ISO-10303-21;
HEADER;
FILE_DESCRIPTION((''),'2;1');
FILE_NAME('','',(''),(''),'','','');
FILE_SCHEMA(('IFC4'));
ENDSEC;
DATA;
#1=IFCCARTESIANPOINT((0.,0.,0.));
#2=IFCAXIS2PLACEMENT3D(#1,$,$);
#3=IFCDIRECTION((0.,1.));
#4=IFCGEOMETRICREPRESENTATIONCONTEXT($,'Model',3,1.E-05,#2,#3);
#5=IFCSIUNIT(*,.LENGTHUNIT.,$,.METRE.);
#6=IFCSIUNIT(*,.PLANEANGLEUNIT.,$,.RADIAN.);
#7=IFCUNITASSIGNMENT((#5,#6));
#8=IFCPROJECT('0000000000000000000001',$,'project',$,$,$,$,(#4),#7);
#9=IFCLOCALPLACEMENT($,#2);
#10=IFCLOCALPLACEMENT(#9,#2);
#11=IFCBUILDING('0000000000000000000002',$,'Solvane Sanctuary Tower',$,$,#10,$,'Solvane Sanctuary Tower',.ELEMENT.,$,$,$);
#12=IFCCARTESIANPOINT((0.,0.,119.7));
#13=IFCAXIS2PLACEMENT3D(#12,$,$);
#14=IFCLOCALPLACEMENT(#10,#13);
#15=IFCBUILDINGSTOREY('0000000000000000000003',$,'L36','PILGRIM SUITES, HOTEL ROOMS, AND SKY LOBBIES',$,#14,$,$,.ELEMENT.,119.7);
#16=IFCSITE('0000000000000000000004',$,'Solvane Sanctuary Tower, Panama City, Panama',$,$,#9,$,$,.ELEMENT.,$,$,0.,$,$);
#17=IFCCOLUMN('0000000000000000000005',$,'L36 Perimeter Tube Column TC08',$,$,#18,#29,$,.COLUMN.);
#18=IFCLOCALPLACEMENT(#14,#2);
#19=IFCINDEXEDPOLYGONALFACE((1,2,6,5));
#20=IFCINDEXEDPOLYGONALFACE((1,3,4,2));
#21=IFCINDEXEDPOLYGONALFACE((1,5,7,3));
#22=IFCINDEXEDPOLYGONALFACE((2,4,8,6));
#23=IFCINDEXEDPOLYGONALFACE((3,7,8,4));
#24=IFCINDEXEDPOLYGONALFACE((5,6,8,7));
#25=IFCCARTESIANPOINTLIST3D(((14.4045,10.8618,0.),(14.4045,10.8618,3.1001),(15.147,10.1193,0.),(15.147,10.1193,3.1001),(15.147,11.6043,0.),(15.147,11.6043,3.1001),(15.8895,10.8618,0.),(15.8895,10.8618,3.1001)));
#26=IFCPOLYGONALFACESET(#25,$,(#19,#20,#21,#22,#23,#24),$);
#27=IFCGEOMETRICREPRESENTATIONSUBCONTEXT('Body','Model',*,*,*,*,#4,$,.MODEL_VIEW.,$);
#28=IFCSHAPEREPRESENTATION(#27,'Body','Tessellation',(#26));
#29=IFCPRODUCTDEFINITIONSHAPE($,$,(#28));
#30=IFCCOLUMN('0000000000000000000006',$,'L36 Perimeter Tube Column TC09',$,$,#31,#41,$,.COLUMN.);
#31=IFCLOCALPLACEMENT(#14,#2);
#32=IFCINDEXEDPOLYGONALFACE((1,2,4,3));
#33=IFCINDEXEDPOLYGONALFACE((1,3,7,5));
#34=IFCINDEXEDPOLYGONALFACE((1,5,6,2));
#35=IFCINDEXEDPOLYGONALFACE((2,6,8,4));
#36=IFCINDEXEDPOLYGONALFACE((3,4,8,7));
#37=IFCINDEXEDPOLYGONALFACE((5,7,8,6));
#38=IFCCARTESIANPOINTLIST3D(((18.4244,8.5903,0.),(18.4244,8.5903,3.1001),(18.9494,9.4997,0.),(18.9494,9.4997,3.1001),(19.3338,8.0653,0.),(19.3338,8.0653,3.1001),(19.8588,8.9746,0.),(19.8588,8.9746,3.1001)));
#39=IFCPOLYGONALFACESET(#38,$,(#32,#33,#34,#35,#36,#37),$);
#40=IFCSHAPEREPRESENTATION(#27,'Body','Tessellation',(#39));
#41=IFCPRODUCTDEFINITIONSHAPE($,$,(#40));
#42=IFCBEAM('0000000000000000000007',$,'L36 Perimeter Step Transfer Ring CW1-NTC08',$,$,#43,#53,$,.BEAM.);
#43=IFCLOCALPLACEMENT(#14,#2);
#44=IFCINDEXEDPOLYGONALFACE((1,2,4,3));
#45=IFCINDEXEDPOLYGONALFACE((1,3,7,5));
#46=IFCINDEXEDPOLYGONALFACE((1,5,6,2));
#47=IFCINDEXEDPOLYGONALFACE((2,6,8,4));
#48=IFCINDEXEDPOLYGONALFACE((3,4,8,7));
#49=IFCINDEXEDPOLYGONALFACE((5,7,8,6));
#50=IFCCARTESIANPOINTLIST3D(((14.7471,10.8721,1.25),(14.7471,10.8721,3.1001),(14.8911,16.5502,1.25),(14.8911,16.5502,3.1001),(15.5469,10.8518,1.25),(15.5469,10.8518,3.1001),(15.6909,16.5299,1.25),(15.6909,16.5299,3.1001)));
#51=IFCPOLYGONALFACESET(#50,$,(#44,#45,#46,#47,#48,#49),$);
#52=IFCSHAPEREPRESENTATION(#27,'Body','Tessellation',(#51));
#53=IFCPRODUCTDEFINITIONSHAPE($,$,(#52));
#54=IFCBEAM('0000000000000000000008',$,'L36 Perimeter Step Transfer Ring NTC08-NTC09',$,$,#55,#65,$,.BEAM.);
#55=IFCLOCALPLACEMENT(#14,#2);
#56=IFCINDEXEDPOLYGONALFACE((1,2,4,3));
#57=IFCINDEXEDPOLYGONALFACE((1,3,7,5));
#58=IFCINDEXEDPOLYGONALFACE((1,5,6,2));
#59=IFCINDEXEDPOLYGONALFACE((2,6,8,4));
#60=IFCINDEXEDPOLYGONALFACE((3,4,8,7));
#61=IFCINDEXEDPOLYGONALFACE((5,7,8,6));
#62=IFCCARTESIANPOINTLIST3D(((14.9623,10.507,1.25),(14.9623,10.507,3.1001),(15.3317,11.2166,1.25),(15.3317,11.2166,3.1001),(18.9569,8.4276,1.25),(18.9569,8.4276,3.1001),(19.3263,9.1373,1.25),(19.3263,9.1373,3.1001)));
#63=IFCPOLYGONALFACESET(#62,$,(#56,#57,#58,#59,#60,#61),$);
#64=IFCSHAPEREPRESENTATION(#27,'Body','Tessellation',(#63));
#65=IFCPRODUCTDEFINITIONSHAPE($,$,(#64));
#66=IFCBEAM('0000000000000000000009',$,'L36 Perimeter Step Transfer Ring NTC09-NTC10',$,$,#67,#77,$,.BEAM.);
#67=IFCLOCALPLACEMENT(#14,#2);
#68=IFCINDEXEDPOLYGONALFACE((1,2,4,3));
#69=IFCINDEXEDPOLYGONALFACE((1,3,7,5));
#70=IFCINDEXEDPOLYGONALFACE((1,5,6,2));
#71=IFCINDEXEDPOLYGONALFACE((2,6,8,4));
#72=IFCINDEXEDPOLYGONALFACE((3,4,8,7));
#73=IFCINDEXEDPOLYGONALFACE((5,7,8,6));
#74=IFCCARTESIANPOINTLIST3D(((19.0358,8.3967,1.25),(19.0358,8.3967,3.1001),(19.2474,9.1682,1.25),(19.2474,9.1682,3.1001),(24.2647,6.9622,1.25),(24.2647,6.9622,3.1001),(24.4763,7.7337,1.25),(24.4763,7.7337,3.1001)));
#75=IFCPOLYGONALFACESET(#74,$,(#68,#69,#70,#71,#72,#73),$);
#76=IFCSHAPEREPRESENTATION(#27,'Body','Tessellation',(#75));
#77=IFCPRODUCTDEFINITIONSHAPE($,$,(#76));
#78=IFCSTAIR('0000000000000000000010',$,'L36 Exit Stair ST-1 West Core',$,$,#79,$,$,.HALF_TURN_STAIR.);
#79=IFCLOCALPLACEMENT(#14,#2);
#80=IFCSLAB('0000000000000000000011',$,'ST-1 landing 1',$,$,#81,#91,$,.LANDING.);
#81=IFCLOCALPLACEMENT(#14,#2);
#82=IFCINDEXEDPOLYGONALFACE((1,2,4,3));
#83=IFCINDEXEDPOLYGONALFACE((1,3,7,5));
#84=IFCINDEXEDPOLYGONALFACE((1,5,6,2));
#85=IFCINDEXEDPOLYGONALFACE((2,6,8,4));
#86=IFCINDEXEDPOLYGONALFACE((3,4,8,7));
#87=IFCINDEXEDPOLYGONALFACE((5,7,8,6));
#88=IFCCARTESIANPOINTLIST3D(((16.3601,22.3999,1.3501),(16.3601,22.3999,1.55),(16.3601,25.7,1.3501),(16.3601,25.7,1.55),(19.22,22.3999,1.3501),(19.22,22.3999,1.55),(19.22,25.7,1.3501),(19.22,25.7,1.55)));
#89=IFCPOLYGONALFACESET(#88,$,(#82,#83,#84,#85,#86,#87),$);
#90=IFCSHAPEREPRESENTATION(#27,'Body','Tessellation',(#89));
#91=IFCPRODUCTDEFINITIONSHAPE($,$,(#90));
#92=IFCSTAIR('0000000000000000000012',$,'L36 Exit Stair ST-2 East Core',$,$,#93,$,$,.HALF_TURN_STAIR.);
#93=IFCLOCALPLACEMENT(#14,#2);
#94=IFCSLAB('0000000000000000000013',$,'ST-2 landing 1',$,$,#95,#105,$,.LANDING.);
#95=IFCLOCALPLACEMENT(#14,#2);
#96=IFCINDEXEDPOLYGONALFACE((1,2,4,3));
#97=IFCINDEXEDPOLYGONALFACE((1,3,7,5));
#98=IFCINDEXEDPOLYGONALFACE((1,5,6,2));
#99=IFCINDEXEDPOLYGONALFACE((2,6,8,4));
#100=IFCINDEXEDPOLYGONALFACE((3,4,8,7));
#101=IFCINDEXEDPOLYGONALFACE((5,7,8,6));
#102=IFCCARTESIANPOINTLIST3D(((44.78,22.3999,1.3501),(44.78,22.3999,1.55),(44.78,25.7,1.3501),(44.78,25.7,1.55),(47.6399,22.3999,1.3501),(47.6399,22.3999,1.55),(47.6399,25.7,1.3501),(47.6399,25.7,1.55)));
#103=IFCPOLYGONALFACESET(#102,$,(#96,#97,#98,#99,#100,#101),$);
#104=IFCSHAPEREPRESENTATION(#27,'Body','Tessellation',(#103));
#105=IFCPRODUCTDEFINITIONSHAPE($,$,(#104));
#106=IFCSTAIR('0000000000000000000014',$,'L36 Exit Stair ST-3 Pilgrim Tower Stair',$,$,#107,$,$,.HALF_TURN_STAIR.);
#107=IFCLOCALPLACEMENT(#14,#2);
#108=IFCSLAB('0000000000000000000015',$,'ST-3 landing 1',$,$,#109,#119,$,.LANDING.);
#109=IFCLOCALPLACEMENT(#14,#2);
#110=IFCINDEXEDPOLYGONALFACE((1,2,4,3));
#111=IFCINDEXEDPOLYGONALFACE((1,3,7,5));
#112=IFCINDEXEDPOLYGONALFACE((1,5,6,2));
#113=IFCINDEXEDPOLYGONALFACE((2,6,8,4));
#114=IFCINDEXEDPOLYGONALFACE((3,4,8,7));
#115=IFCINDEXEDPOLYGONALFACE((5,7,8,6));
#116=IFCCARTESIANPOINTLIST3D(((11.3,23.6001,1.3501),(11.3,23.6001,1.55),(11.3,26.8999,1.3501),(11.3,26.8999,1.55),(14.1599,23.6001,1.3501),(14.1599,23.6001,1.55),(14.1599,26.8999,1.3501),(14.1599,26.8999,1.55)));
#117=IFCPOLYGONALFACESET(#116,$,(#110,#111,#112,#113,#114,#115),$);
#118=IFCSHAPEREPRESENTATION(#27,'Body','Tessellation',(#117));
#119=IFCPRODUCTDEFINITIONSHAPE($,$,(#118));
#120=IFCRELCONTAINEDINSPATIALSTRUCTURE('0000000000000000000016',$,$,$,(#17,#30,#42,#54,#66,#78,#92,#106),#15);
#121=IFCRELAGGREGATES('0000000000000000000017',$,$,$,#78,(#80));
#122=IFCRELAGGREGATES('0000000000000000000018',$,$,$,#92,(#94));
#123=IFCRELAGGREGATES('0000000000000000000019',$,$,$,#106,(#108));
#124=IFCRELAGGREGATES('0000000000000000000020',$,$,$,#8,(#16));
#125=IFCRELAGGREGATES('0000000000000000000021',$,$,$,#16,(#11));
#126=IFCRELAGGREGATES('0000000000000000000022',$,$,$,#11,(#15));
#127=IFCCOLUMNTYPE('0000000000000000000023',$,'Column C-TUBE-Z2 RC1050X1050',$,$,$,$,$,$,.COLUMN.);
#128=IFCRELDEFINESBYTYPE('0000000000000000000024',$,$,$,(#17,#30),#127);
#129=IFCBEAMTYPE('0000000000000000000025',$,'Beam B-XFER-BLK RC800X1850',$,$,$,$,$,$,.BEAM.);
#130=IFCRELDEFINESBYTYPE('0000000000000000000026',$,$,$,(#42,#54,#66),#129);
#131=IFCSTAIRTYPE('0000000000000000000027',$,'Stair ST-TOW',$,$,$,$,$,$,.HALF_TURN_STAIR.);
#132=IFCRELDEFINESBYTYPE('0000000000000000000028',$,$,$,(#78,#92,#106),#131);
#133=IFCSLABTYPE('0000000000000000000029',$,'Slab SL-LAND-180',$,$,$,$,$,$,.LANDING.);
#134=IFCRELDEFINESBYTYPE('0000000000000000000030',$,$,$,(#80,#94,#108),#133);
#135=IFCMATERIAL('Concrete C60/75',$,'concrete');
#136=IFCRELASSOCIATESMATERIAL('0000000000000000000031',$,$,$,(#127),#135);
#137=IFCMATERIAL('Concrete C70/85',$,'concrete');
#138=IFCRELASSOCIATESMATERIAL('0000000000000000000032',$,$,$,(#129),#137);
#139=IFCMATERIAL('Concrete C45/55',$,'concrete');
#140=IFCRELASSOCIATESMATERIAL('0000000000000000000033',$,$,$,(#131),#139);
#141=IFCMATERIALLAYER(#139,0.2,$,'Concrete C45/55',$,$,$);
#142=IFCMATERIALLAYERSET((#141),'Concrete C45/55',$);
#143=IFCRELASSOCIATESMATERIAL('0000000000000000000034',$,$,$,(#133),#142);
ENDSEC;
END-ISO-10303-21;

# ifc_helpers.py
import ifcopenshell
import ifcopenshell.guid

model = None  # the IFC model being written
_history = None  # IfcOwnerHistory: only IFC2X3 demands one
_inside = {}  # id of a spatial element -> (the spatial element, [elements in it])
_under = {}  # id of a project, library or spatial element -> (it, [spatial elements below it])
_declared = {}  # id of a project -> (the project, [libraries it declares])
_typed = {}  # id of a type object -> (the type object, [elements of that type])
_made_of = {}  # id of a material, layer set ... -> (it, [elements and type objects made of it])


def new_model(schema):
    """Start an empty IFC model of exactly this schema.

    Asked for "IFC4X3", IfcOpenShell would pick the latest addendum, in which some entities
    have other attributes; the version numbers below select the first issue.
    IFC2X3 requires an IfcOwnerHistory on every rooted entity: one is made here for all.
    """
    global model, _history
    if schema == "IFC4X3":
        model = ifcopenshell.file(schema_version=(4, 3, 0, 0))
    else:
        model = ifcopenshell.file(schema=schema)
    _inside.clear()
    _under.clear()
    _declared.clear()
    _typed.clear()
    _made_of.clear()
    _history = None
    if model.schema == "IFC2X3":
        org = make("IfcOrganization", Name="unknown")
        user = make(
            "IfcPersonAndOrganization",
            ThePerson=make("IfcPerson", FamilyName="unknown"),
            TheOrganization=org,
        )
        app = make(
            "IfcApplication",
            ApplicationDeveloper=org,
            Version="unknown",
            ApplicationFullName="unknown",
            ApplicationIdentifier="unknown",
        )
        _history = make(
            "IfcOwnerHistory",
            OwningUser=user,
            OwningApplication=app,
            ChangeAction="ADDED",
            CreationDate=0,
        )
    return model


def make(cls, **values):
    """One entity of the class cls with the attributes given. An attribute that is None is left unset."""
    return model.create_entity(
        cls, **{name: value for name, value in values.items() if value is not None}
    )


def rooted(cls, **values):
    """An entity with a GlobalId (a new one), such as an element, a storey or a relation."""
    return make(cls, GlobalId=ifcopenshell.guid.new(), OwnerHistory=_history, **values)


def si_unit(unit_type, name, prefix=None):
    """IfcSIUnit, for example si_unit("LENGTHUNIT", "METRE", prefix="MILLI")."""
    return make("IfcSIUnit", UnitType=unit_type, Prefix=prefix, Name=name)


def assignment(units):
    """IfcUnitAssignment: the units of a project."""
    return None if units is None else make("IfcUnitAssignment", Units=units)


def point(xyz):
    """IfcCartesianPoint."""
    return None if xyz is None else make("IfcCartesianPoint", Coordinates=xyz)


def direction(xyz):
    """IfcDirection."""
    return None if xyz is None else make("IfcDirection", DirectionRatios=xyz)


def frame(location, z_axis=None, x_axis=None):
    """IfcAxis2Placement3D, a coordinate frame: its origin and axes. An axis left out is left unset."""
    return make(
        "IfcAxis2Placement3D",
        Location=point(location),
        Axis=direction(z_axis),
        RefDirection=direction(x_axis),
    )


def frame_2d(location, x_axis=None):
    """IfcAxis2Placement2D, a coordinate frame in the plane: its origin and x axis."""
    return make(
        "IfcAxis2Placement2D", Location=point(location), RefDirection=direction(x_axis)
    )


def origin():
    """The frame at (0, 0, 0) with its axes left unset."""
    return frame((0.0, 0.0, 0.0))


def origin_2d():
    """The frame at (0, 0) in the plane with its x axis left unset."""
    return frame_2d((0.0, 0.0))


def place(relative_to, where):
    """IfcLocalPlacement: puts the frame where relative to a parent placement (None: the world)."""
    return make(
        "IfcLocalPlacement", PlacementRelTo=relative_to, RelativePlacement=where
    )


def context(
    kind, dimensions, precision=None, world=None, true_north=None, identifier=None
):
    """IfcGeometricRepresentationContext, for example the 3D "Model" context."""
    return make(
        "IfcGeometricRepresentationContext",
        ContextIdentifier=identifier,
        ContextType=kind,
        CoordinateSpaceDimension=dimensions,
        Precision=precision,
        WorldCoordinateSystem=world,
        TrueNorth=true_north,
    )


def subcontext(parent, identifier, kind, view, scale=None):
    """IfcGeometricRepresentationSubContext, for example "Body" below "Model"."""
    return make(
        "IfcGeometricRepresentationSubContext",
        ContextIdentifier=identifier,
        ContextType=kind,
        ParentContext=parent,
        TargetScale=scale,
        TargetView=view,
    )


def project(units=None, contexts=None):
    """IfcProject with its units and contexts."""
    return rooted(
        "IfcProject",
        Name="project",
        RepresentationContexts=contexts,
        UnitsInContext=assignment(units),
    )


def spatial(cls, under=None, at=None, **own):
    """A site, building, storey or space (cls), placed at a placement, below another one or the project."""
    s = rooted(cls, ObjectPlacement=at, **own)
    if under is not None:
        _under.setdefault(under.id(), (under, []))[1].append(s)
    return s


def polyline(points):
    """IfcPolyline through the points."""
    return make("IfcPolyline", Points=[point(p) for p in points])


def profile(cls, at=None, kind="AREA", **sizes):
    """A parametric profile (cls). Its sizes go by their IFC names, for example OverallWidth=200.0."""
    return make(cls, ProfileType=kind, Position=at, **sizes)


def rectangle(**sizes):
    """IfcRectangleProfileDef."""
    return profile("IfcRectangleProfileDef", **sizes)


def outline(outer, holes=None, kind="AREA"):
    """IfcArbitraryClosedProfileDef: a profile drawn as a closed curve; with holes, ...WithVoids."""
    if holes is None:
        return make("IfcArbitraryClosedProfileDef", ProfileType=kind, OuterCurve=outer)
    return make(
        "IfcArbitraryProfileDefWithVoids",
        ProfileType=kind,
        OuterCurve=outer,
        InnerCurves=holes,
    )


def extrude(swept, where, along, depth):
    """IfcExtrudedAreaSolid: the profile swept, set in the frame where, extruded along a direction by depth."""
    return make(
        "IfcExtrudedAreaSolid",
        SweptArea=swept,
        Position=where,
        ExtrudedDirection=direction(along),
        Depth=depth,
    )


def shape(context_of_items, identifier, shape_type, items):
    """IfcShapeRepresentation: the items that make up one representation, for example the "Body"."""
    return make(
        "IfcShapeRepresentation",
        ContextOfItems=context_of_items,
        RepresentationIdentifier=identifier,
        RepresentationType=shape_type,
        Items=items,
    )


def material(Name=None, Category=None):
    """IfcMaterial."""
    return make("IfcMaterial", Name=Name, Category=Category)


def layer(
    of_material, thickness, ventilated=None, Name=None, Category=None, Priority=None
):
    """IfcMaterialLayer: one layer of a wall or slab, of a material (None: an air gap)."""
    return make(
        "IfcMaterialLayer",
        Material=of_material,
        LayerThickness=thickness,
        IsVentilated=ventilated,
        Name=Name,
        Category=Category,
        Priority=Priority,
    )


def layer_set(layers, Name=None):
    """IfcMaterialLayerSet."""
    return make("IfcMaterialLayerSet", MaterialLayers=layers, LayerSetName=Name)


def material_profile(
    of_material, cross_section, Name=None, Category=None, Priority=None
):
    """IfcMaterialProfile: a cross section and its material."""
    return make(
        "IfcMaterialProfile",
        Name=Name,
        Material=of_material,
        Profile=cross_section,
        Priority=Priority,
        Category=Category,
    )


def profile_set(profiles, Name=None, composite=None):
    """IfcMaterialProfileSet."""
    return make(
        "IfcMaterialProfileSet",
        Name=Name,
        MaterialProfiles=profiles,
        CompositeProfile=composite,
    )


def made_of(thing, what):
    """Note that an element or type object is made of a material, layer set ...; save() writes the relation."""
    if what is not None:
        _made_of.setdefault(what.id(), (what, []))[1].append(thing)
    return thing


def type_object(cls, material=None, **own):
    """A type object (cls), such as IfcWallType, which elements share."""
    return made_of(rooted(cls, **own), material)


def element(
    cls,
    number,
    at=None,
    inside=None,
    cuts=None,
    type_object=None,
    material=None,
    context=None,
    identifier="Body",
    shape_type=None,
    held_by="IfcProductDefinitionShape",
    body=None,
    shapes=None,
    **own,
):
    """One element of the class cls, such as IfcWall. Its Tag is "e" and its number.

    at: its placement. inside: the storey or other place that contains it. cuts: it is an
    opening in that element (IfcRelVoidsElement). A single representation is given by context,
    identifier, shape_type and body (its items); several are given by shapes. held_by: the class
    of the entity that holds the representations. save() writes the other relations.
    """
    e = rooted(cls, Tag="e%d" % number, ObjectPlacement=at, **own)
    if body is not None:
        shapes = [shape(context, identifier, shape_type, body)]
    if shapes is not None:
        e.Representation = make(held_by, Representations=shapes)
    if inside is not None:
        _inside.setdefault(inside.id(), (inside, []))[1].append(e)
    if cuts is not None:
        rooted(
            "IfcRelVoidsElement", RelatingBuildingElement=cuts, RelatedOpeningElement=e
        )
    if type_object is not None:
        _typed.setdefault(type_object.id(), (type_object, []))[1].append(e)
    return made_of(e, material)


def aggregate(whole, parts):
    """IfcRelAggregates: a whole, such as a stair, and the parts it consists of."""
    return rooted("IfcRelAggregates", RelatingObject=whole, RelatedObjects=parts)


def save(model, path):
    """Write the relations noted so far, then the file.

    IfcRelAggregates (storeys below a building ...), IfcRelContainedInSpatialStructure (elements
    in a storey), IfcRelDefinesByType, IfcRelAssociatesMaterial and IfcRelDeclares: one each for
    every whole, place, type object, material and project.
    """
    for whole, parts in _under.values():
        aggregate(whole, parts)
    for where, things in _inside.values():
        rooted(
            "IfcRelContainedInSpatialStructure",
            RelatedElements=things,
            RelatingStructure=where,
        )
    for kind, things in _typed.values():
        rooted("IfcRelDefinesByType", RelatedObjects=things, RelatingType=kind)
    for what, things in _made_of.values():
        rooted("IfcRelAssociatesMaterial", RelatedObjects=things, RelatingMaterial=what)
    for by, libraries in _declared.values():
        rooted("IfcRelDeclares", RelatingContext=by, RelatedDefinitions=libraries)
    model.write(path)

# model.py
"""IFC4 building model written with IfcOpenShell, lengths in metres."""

from ifc_helpers import new_model, si_unit, direction, frame, origin, origin_2d, place, context, subcontext, project, spatial, polyline, rectangle, outline, extrude, material, layer, layer_set, material_profile, profile_set, type_object, element, aggregate, save


model = new_model("IFC4")

# Units and contexts
model_context = context("Model", 3, precision=1e-05, world=origin(), true_north=direction((0.0, 1.0)))
body_context = subcontext(model_context, "Body", "Model", "MODEL_VIEW")
ifc_project = project(units=[si_unit("LENGTHUNIT", "METRE"), si_unit("PLANEANGLEUNIT", "RADIAN")], contexts=[model_context])

# Site, building, storey
site_placement = place(None, origin())
site = spatial("IfcSite", under=ifc_project, at=site_placement, Name="Solvane Sanctuary Tower, Panama City, Panama", CompositionType="ELEMENT", RefElevation=0.0)
building_placement = place(site_placement, origin())
building = spatial("IfcBuilding", under=site, at=building_placement, Name="Solvane Sanctuary Tower", LongName="Solvane Sanctuary Tower", CompositionType="ELEMENT")
storey_placement = place(building_placement, frame((0.0, 0.0, 119.7)))
storey = spatial("IfcBuildingStorey", under=building, at=storey_placement, Name="L36", Description="PILGRIM SUITES, HOTEL ROOMS, AND SKY LOBBIES", CompositionType="ELEMENT", Elevation=119.7)

# Columns
ifc_material_1 = material(Name="Concrete C60/75", Category="concrete")
ifc_material_profile_1 = material_profile(ifc_material_1, rectangle(XDim=1.05, YDim=1.05, at=origin_2d()), Name="RC1050X1050")
ifc_profile_set_1 = profile_set([ifc_material_profile_1], Name="Concrete C60/75")
column_type = type_object("IfcColumnType", Name="Column C-TUBE-Z2 RC1050X1050", PredefinedType="COLUMN", material=ifc_profile_set_1)
for number, where, z_axis, x_axis, name in (
    (1, (15.147, 10.8618, 0.0), (0.0, 0.0, 1.0), (-0.707107, -0.707107, 0.0), "L36 Perimeter Tube Column TC08"),
    (2, (19.1416, 8.7825, 0.0), (0.0, 0.0, 1.0), (-0.5, -0.866025, 0.0), "L36 Perimeter Tube Column TC09"),
):
    element("IfcColumn", number, at=place(storey_placement, frame(where, z_axis=z_axis, x_axis=x_axis)), inside=storey, type_object=column_type, Name=name, PredefinedType="COLUMN", context=body_context, shape_type="SweptSolid", body=[
        extrude(rectangle(XDim=1.05, YDim=1.05, at=origin_2d()), origin(), (0.0, 0.0, 1.0), 3.1001),
    ])

# Beams
ifc_material_2 = material(Name="Concrete C70/85", Category="concrete")
ifc_material_profile_2 = material_profile(ifc_material_2, rectangle(XDim=0.8, YDim=1.8501, at=origin_2d()), Name="RC800X1850")
ifc_profile_set_2 = profile_set([ifc_material_profile_2], Name="Concrete C70/85")
beam_type = type_object("IfcBeamType", Name="Beam B-XFER-BLK RC800X1850", PredefinedType="BEAM", material=ifc_profile_set_2)
beam_1_placement = place(storey_placement, frame((15.291, 16.54, 2.175), z_axis=(-0.025359, -0.999678, 0.0), x_axis=(0.999678, -0.025359, 0.0)))
element("IfcBeam", 3, at=beam_1_placement, inside=storey, type_object=beam_type, Name="L36 Perimeter Step Transfer Ring CW1-NTC08", PredefinedType="BEAM", context=body_context, shape_type="SweptSolid", body=[
    extrude(rectangle(XDim=0.8, YDim=1.8501, at=origin_2d()), origin(), (0.0, 0.0, 1.0), 5.6799),
])
beam_2_placement = place(storey_placement, frame((15.147, 10.8618, 2.175), z_axis=(0.887022, -0.461727, 0.0), x_axis=(0.461727, 0.887022, 0.0)))
element("IfcBeam", 4, at=beam_2_placement, inside=storey, type_object=beam_type, Name="L36 Perimeter Step Transfer Ring NTC08-NTC09", PredefinedType="BEAM", context=body_context, shape_type="SweptSolid", body=[
    extrude(rectangle(XDim=0.8, YDim=1.8501, at=origin_2d()), origin(), (0.0, 0.0, 1.0), 4.5034),
])
beam_3_placement = place(storey_placement, frame((19.1416, 8.7825, 2.175), z_axis=(0.964366, -0.264572, 0.0), x_axis=(0.264572, 0.964366, 0.0)))
element("IfcBeam", 5, at=beam_3_placement, inside=storey, type_object=beam_type, Name="L36 Perimeter Step Transfer Ring NTC09-NTC10", PredefinedType="BEAM", context=body_context, shape_type="SweptSolid", body=[
    extrude(rectangle(XDim=0.8, YDim=1.8501, at=origin_2d()), origin(), (0.0, 0.0, 1.0), 5.4221),
])

# Stairs, slabs
ifc_material_3 = material(Name="Concrete C45/55", Category="concrete")
stair_type = type_object("IfcStairType", Name="Stair ST-TOW", PredefinedType="HALF_TURN_STAIR", material=ifc_material_3)
stair_1_placement = place(storey_placement, origin())
stair_1 = element("IfcStair", 6, at=stair_1_placement, inside=storey, type_object=stair_type, Name="L36 Exit Stair ST-1 West Core", PredefinedType="HALF_TURN_STAIR")
ifc_layer_1 = layer(ifc_material_3, 0.2, Name="Concrete C45/55")
ifc_layer_set_1 = layer_set([ifc_layer_1], Name="Concrete C45/55")
slab_type_1 = type_object("IfcSlabType", Name="Slab SL-LAND-180", PredefinedType="LANDING", material=ifc_layer_set_1)
slab_1_placement = place(storey_placement, frame((0.0, 0.0, 1.3501)))
slab_1 = element("IfcSlab", 7, at=slab_1_placement, type_object=slab_type_1, Name="ST-1 landing 1", PredefinedType="LANDING", context=body_context, shape_type="SweptSolid", body=[
    extrude(outline(polyline([(19.22, 22.3999), (19.22, 25.7), (16.3601, 25.7), (16.3601, 22.3999), (19.22, 22.3999)])), origin(), (0.0, 0.0, 1.0), 0.2),
])
aggregate(stair_1, [slab_1])
stair_2_placement = place(storey_placement, origin())
stair_2 = element("IfcStair", 8, at=stair_2_placement, inside=storey, type_object=stair_type, Name="L36 Exit Stair ST-2 East Core", PredefinedType="HALF_TURN_STAIR")
slab_2_placement = place(storey_placement, frame((0.0, 0.0, 1.3501)))
slab_2 = element("IfcSlab", 9, at=slab_2_placement, type_object=slab_type_1, Name="ST-2 landing 1", PredefinedType="LANDING", context=body_context, shape_type="SweptSolid", body=[
    extrude(outline(polyline([(47.6399, 22.3999), (47.6399, 25.7), (44.78, 25.7), (44.78, 22.3999), (47.6399, 22.3999)])), origin(), (0.0, 0.0, 1.0), 0.2),
])
aggregate(stair_2, [slab_2])
stair_3_placement = place(storey_placement, origin())
stair_3 = element("IfcStair", 10, at=stair_3_placement, inside=storey, type_object=stair_type, Name="L36 Exit Stair ST-3 Pilgrim Tower Stair", PredefinedType="HALF_TURN_STAIR")
slab_3_placement = place(storey_placement, frame((0.0, 0.0, 1.3501)))
slab_3 = element("IfcSlab", 11, at=slab_3_placement, type_object=slab_type_1, Name="ST-3 landing 1", PredefinedType="LANDING", context=body_context, shape_type="SweptSolid", body=[
    extrude(outline(polyline([(14.1599, 23.6001), (14.1599, 26.8999), (11.3, 26.8999), (11.3, 23.6001), (14.1599, 23.6001)])), origin(), (0.0, 0.0, 1.0), 0.2),
])
aggregate(stair_3, [slab_3])

save(model, "model.ifc")
